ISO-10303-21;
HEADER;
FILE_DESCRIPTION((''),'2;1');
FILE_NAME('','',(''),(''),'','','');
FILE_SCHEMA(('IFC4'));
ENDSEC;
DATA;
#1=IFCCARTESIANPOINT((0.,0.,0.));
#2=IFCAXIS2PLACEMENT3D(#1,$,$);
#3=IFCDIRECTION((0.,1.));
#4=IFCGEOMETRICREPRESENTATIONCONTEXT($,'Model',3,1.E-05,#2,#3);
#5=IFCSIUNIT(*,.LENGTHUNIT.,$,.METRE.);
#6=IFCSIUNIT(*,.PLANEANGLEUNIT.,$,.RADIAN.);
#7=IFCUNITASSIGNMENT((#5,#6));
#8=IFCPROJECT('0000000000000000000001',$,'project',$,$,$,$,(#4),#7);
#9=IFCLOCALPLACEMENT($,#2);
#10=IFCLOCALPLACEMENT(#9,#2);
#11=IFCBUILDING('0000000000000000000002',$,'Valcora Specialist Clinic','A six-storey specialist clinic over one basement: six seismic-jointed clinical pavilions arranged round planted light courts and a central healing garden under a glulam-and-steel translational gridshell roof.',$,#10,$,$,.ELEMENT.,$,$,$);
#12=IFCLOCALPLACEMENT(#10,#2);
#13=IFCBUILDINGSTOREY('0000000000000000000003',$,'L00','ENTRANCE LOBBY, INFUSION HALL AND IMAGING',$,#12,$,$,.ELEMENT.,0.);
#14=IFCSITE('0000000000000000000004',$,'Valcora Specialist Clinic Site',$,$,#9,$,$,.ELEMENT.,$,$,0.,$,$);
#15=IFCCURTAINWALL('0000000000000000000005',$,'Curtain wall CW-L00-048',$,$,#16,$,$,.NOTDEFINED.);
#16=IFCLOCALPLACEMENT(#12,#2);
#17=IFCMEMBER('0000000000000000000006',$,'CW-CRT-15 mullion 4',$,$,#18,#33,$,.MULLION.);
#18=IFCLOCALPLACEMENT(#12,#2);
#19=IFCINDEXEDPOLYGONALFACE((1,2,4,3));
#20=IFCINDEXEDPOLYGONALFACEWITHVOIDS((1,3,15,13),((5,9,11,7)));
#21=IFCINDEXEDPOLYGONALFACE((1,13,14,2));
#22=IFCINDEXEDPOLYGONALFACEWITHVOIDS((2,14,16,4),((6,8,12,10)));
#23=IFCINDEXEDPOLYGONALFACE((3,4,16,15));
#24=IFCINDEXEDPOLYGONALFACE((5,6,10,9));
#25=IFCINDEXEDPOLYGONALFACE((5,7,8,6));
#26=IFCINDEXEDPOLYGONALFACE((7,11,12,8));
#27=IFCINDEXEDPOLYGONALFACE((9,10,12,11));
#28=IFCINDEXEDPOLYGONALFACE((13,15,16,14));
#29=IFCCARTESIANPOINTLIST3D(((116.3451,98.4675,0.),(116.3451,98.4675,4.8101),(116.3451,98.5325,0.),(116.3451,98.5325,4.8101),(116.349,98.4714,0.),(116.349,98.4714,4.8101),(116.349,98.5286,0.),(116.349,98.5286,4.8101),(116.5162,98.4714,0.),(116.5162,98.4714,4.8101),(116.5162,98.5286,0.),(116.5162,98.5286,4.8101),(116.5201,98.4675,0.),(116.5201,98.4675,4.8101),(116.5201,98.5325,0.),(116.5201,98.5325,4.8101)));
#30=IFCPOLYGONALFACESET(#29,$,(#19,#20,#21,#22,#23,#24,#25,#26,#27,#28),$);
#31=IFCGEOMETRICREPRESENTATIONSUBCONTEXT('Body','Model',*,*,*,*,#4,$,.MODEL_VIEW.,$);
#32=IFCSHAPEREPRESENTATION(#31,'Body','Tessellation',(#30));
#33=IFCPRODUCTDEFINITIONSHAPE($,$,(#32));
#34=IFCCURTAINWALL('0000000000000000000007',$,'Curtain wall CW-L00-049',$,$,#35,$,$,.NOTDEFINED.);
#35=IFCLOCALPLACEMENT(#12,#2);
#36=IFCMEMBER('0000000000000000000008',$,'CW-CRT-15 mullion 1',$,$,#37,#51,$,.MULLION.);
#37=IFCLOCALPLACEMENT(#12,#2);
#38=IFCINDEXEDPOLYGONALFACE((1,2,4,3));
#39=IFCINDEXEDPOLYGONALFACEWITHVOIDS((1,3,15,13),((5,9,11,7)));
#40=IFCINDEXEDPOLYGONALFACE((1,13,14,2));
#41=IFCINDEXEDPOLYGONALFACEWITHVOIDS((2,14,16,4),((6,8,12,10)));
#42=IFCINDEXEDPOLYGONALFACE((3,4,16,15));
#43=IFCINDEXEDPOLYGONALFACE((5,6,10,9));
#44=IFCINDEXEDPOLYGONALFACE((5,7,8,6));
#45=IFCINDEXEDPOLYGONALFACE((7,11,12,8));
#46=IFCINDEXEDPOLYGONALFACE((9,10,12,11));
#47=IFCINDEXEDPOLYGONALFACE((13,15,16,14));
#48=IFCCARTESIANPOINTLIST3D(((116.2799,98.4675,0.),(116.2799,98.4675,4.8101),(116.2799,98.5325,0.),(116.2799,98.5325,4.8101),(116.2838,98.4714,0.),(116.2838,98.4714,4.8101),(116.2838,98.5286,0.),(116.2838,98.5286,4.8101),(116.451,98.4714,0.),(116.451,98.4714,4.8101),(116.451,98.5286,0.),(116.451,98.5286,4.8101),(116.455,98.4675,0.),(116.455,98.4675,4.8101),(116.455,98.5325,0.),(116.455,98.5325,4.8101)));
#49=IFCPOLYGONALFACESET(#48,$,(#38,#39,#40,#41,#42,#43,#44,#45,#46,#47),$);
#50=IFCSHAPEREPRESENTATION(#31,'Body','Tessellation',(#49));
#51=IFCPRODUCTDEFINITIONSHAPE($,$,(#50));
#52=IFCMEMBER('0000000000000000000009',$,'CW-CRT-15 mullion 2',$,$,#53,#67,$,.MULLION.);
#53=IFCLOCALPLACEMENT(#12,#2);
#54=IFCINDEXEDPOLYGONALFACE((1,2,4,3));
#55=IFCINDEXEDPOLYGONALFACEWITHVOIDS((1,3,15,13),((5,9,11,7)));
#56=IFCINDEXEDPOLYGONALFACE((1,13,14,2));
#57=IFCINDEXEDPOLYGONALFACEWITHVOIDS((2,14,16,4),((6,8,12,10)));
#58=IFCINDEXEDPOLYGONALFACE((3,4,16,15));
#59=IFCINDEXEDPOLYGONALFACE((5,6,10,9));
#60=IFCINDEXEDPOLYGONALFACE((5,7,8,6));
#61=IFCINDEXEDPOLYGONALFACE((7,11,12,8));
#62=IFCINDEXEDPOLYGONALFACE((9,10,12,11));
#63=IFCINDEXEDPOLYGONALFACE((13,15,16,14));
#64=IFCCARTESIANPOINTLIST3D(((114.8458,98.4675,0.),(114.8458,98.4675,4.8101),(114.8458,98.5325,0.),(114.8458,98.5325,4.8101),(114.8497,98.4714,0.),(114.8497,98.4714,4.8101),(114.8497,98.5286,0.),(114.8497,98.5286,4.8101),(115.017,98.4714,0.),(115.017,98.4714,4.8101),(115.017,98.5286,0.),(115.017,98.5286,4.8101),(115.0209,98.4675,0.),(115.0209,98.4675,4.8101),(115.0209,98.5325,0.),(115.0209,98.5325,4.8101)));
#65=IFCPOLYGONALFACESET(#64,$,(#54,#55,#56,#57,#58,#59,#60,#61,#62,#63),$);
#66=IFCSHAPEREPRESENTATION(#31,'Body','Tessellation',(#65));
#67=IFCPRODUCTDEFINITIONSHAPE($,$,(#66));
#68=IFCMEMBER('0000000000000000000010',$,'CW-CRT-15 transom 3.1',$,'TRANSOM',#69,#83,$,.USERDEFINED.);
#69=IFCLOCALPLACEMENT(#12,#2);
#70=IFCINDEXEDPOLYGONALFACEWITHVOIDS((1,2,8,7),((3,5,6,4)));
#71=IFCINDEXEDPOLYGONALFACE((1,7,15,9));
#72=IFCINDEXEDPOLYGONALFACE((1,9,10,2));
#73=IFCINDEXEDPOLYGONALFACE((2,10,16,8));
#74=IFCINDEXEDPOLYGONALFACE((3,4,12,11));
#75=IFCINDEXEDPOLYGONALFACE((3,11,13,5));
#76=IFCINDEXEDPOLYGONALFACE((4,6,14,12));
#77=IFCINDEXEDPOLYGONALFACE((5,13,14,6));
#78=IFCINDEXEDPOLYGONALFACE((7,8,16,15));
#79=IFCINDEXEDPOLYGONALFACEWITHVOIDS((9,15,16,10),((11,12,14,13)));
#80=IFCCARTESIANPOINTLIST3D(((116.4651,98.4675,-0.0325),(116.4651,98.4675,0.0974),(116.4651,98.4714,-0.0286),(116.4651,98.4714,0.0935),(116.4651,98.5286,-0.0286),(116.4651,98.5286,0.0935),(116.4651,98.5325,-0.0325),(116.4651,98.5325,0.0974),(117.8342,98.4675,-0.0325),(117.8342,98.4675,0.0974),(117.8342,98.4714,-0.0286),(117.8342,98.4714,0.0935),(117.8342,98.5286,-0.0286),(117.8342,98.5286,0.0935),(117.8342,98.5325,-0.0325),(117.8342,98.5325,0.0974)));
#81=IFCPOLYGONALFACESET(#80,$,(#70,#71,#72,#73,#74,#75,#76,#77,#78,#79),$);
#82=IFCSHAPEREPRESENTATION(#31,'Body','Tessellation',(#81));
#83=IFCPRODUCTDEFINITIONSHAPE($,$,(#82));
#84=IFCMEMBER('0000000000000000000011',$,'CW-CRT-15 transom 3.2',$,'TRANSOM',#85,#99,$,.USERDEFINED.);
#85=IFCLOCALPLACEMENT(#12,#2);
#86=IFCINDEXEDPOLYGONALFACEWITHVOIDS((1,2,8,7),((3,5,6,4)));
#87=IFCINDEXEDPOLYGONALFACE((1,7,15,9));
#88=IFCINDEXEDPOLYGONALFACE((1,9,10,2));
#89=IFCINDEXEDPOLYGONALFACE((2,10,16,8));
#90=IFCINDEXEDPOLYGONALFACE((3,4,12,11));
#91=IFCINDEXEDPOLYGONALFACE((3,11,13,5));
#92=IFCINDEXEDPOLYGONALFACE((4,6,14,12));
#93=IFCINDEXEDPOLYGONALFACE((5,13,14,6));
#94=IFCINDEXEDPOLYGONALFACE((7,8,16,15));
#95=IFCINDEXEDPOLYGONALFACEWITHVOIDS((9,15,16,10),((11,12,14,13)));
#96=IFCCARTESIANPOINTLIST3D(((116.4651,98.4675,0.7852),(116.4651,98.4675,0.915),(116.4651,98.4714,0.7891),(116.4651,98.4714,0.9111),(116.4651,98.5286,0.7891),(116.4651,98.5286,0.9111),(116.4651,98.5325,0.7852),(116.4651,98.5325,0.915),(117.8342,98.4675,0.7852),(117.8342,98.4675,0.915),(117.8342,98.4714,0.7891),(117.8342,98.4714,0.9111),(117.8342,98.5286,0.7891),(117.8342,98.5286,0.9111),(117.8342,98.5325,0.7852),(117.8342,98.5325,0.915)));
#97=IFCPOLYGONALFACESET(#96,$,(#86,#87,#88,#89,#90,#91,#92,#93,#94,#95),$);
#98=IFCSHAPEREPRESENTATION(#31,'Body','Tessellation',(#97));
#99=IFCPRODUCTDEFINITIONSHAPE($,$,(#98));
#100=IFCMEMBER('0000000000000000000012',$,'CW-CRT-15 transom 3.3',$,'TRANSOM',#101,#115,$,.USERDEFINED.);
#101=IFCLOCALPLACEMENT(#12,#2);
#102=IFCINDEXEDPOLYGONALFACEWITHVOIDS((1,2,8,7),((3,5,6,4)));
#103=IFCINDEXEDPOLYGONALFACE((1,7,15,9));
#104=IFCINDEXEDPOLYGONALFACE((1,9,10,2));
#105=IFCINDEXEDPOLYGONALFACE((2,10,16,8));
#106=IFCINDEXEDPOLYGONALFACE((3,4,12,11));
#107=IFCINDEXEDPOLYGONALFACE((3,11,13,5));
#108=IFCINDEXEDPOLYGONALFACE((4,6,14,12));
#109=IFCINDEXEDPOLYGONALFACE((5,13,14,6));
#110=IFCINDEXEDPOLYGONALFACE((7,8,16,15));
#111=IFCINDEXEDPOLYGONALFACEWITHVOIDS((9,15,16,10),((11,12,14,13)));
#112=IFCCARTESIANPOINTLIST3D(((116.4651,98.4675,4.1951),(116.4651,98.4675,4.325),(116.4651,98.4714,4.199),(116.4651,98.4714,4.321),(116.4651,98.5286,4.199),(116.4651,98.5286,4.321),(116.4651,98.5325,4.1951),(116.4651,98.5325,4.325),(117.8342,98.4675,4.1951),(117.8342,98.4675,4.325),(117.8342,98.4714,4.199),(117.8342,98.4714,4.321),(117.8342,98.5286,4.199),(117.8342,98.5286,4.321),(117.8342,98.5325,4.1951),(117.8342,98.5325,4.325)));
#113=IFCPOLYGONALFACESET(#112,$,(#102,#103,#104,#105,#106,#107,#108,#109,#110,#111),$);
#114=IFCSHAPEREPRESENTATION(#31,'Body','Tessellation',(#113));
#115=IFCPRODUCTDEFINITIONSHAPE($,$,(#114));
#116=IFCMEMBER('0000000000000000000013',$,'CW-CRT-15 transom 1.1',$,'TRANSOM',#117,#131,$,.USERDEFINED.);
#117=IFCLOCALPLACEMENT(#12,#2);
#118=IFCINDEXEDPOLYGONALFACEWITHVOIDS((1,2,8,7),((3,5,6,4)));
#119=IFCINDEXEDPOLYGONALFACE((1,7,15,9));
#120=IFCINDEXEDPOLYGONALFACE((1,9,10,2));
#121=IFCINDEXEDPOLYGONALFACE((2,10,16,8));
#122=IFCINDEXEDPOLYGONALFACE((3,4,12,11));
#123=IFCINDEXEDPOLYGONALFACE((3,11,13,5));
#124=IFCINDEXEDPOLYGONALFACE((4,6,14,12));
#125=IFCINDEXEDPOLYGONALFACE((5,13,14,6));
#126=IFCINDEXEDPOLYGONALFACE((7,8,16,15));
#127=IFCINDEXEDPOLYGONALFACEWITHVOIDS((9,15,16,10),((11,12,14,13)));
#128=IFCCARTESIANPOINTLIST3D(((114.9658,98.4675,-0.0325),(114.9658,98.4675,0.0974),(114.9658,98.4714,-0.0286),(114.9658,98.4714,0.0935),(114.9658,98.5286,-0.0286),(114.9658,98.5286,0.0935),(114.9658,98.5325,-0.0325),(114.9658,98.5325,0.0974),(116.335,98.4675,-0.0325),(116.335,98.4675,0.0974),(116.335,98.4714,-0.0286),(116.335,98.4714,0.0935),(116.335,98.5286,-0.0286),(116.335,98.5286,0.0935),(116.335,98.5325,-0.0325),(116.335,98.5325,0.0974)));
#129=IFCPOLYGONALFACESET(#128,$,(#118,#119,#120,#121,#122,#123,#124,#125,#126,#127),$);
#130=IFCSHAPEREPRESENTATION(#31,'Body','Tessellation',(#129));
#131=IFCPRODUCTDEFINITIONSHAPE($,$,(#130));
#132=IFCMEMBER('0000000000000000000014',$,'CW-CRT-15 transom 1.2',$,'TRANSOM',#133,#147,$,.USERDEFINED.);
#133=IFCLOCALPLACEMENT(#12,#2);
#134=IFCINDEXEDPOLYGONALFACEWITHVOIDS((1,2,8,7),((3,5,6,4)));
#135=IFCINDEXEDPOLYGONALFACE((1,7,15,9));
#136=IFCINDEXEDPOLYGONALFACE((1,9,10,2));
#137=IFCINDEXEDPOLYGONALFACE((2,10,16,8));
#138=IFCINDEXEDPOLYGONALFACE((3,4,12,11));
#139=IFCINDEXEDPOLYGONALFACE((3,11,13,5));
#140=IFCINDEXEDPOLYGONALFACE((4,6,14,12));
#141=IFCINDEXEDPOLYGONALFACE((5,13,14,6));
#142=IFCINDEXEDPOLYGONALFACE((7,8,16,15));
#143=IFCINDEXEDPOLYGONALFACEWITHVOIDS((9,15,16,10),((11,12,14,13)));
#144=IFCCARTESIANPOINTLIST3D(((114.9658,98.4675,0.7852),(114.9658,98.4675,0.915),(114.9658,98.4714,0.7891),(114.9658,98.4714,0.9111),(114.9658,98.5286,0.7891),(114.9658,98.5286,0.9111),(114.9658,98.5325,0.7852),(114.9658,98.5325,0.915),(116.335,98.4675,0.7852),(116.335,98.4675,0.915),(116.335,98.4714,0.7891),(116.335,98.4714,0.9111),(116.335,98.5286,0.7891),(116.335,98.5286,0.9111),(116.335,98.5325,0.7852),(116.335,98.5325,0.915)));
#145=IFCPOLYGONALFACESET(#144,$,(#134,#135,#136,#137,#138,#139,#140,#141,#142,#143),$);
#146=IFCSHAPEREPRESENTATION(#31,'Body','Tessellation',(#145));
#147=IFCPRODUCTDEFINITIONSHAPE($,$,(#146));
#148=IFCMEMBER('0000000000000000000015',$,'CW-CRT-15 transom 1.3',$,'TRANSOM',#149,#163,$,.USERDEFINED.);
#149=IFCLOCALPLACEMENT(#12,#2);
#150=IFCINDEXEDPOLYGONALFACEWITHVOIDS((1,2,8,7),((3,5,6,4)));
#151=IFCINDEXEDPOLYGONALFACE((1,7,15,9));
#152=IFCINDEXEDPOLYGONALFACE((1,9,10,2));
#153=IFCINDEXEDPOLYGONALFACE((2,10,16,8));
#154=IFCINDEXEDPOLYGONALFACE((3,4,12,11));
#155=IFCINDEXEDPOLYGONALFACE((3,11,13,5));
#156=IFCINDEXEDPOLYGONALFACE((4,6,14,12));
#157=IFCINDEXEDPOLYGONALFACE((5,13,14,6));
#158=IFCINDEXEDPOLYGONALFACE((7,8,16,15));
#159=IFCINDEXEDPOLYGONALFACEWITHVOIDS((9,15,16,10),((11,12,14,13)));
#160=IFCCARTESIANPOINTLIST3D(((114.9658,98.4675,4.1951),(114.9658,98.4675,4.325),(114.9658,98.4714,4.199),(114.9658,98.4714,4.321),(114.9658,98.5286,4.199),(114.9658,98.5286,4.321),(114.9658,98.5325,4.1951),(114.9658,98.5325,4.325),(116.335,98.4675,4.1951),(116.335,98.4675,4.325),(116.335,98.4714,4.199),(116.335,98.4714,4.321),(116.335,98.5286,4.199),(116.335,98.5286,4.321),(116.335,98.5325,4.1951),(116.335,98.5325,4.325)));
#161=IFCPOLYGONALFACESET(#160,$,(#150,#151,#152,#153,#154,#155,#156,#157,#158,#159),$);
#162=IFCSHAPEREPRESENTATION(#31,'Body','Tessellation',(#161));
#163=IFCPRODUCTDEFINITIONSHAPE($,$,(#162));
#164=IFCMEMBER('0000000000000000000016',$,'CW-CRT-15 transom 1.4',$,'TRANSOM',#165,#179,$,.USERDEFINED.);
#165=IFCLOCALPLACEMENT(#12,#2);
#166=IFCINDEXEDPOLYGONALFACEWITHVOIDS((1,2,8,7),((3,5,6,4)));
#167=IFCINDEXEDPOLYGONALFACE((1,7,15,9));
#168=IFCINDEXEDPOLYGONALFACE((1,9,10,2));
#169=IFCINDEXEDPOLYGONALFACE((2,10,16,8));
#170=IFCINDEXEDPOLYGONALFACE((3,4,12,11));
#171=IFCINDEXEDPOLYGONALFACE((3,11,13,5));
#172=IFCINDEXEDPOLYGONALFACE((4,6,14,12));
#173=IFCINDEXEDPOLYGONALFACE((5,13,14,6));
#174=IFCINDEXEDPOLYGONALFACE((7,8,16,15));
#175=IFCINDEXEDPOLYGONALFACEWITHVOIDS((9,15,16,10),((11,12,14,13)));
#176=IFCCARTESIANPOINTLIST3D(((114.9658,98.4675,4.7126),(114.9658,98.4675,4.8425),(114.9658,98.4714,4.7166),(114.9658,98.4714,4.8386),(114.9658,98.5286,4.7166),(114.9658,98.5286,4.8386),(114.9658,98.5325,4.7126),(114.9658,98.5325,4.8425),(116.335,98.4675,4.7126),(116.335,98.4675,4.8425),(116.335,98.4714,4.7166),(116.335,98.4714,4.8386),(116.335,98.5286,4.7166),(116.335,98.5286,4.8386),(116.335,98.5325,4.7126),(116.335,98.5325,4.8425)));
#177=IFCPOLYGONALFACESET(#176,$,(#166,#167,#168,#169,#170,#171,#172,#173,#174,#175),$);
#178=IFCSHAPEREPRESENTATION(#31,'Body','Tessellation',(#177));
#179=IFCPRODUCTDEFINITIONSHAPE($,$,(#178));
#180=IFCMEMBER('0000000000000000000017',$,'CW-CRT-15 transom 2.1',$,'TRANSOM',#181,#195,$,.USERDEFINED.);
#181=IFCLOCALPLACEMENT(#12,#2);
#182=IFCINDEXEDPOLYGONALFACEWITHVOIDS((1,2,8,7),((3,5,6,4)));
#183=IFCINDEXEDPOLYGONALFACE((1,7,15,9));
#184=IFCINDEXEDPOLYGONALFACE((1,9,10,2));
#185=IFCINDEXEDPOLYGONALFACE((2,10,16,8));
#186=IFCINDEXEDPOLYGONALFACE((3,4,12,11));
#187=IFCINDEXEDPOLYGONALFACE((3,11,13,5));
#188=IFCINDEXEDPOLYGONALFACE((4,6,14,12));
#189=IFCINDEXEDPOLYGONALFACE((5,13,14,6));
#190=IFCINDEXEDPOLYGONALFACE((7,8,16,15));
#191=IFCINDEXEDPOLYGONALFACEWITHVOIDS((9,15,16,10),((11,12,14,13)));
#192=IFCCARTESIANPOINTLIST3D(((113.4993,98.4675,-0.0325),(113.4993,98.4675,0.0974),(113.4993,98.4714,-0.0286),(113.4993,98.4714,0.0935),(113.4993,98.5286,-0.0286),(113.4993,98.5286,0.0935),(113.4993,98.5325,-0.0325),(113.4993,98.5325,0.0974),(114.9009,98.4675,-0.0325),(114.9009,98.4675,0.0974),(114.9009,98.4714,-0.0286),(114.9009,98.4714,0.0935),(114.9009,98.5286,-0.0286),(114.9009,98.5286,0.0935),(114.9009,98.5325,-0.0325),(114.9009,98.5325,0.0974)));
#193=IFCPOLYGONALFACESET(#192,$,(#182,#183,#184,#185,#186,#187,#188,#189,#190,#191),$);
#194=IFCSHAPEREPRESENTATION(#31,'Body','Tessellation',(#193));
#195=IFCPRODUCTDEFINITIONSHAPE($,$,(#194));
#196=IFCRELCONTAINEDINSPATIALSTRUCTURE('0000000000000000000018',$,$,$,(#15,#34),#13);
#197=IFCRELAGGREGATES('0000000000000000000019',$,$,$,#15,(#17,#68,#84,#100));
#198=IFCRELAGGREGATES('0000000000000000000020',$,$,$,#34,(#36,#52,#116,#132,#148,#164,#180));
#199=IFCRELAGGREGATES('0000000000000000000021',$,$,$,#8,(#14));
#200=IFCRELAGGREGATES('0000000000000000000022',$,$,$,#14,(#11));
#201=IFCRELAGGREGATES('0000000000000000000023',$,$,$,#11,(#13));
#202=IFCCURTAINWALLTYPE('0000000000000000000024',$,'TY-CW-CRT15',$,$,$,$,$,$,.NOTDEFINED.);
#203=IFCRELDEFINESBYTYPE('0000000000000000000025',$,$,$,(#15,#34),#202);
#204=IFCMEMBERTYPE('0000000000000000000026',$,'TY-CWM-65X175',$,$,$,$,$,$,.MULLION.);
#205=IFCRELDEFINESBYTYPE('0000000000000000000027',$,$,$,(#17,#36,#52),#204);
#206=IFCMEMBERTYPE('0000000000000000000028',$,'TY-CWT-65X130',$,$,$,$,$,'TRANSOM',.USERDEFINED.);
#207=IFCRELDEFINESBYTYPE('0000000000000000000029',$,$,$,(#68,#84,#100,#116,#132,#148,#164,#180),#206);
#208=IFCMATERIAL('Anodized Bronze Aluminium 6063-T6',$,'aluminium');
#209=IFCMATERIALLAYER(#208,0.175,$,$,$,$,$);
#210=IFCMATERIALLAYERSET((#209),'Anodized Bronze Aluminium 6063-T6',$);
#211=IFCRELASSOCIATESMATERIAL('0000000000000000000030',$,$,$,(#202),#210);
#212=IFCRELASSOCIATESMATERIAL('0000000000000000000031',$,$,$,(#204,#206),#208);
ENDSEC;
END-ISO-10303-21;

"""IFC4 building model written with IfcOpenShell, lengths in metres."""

from ifc_helpers import new_model, si_unit, direction, frame, origin, origin_2d, place, context, subcontext, project, spatial, hollow_rectangle, extrude, material, layer, layer_set, material_profile, profile_set, type_object, element, aggregate, save


model = new_model("IFC4")

# Units and contexts
model_context = context("Model", 3, precision=1e-05, world=origin(), true_north=direction((0.0, 1.0)))
body_context = subcontext(model_context, "Body", "Model", "MODEL_VIEW")
ifc_project = project(units=[si_unit("LENGTHUNIT", "METRE"), si_unit("PLANEANGLEUNIT", "RADIAN")], contexts=[model_context])

# Site, building, storey
site_placement = place(None, origin())
site = spatial("IfcSite", under=ifc_project, at=site_placement, Name="Valcora Specialist Clinic Site", CompositionType="ELEMENT", RefElevation=0.0)
building_placement = place(site_placement, origin())
building = spatial("IfcBuilding", under=site, at=building_placement, Name="Valcora Specialist Clinic", Description="A six-storey specialist clinic over one basement: six seismic-jointed clinical pavilions arranged round planted light courts and a central healing garden under a glulam-and-steel translational gridshell roof.", CompositionType="ELEMENT")
storey_placement = place(building_placement, origin())
storey = spatial("IfcBuildingStorey", under=building, at=storey_placement, Name="L00", Description="ENTRANCE LOBBY, INFUSION HALL AND IMAGING", CompositionType="ELEMENT", Elevation=0.0)

# Curtain wall, member
ifc_material_1 = material(Name="Anodized Bronze Aluminium 6063-T6", Category="aluminium")
ifc_layer_1 = layer(ifc_material_1, 0.175)
ifc_layer_set_1 = layer_set([ifc_layer_1], Name="Anodized Bronze Aluminium 6063-T6")
curtain_wall_type = type_object("IfcCurtainWallType", Name="TY-CW-CRT15", PredefinedType="NOTDEFINED", material=ifc_layer_set_1)
curtain_wall_1_placement = place(storey_placement, origin())
curtain_wall_1 = element("IfcCurtainWall", 1, at=curtain_wall_1_placement, inside=storey, type_object=curtain_wall_type, Name="Curtain wall CW-L00-048", PredefinedType="NOTDEFINED")
ifc_material_profile_1 = material_profile(ifc_material_1, hollow_rectangle(XDim=0.0649, YDim=0.175, WallThickness=0.0039, at=origin_2d()), Name="AL-MUL-65X175")
ifc_profile_set_1 = profile_set([ifc_material_profile_1], Name="Anodized Bronze Aluminium 6063-T6")
member_type_1 = type_object("IfcMemberType", Name="TY-CWM-65X175", PredefinedType="MULLION", material=ifc_profile_set_1)
member_1_placement = place(storey_placement, frame((116.4326, 98.5, 0.0), z_axis=(0.0, 0.0, 1.0), x_axis=(0.0, -1.0, 0.0)))
member_1 = element("IfcMember", 2, at=member_1_placement, type_object=member_type_1, Name="CW-CRT-15 mullion 4", PredefinedType="MULLION", context=body_context, shape_type="SweptSolid", body=[
    extrude(hollow_rectangle(XDim=0.0649, YDim=0.175, WallThickness=0.0039, at=origin_2d()), origin(), (0.0, 0.0, 1.0), 4.8101),
])

# Curtain wall, members
curtain_wall_2_placement = place(storey_placement, origin())
curtain_wall_2 = element("IfcCurtainWall", 3, at=curtain_wall_2_placement, inside=storey, type_object=curtain_wall_type, Name="Curtain wall CW-L00-049", PredefinedType="NOTDEFINED")
member_2_placement = place(storey_placement, frame((116.3674, 98.5, 0.0), z_axis=(0.0, 0.0, 1.0), x_axis=(0.0, -1.0, 0.0)))
member_2 = element("IfcMember", 4, at=member_2_placement, type_object=member_type_1, Name="CW-CRT-15 mullion 1", PredefinedType="MULLION", context=body_context, shape_type="SweptSolid", body=[
    extrude(hollow_rectangle(XDim=0.0649, YDim=0.175, WallThickness=0.0039, at=origin_2d()), origin(), (0.0, 0.0, 1.0), 4.8101),
])
member_3_placement = place(storey_placement, frame((114.9333, 98.5, 0.0), z_axis=(0.0, 0.0, 1.0), x_axis=(0.0, -1.0, 0.0)))
member_3 = element("IfcMember", 5, at=member_3_placement, type_object=member_type_1, Name="CW-CRT-15 mullion 2", PredefinedType="MULLION", context=body_context, shape_type="SweptSolid", body=[
    extrude(hollow_rectangle(XDim=0.0649, YDim=0.175, WallThickness=0.0039, at=origin_2d()), origin(), (0.0, 0.0, 1.0), 4.8101),
])

# Members
ifc_material_profile_2 = material_profile(ifc_material_1, hollow_rectangle(XDim=0.0649, YDim=0.1299, WallThickness=0.0039, at=origin_2d()), Name="AL-TRN-65X130")
ifc_profile_set_2 = profile_set([ifc_material_profile_2], Name="Anodized Bronze Aluminium 6063-T6")
member_type_2 = type_object("IfcMemberType", Name="TY-CWT-65X130", ElementType="TRANSOM", PredefinedType="USERDEFINED", material=ifc_profile_set_2)
member_4_placement = place(storey_placement, frame((117.8342, 98.5, 0.0325), z_axis=(-1.0, 0.0, 0.0), x_axis=(0.0, -1.0, 0.0)))
member_4 = element("IfcMember", 6, at=member_4_placement, type_object=member_type_2, Name="CW-CRT-15 transom 3.1", ObjectType="TRANSOM", PredefinedType="USERDEFINED", context=body_context, shape_type="SweptSolid", body=[
    extrude(hollow_rectangle(XDim=0.0649, YDim=0.1299, WallThickness=0.0039, at=origin_2d()), origin(), (0.0, 0.0, 1.0), 1.3691),
])
member_5_placement = place(storey_placement, frame((117.8342, 98.5, 0.8501), z_axis=(-1.0, 0.0, 0.0), x_axis=(0.0, -1.0, 0.0)))
member_5 = element("IfcMember", 7, at=member_5_placement, type_object=member_type_2, Name="CW-CRT-15 transom 3.2", ObjectType="TRANSOM", PredefinedType="USERDEFINED", context=body_context, shape_type="SweptSolid", body=[
    extrude(hollow_rectangle(XDim=0.0649, YDim=0.1299, WallThickness=0.0039, at=origin_2d()), origin(), (0.0, 0.0, 1.0), 1.3691),
])
member_6_placement = place(storey_placement, frame((117.8342, 98.5, 4.26), z_axis=(-1.0, 0.0, 0.0), x_axis=(0.0, -1.0, 0.0)))
member_6 = element("IfcMember", 8, at=member_6_placement, type_object=member_type_2, Name="CW-CRT-15 transom 3.3", ObjectType="TRANSOM", PredefinedType="USERDEFINED", context=body_context, shape_type="SweptSolid", body=[
    extrude(hollow_rectangle(XDim=0.0649, YDim=0.1299, WallThickness=0.0039, at=origin_2d()), origin(), (0.0, 0.0, 1.0), 1.3691),
])
member_7_placement = place(storey_placement, frame((116.335, 98.5, 0.0325), z_axis=(-1.0, 0.0, 0.0), x_axis=(0.0, -1.0, 0.0)))
member_7 = element("IfcMember", 9, at=member_7_placement, type_object=member_type_2, Name="CW-CRT-15 transom 1.1", ObjectType="TRANSOM", PredefinedType="USERDEFINED", context=body_context, shape_type="SweptSolid", body=[
    extrude(hollow_rectangle(XDim=0.0649, YDim=0.1299, WallThickness=0.0039, at=origin_2d()), origin(), (0.0, 0.0, 1.0), 1.3691),
])
member_8_placement = place(storey_placement, frame((116.335, 98.5, 0.8501), z_axis=(-1.0, 0.0, 0.0), x_axis=(0.0, -1.0, 0.0)))
member_8 = element("IfcMember", 10, at=member_8_placement, type_object=member_type_2, Name="CW-CRT-15 transom 1.2", ObjectType="TRANSOM", PredefinedType="USERDEFINED", context=body_context, shape_type="SweptSolid", body=[
    extrude(hollow_rectangle(XDim=0.0649, YDim=0.1299, WallThickness=0.0039, at=origin_2d()), origin(), (0.0, 0.0, 1.0), 1.3691),
])
member_9_placement = place(storey_placement, frame((116.335, 98.5, 4.26), z_axis=(-1.0, 0.0, 0.0), x_axis=(0.0, -1.0, 0.0)))
member_9 = element("IfcMember", 11, at=member_9_placement, type_object=member_type_2, Name="CW-CRT-15 transom 1.3", ObjectType="TRANSOM", PredefinedType="USERDEFINED", context=body_context, shape_type="SweptSolid", body=[
    extrude(hollow_rectangle(XDim=0.0649, YDim=0.1299, WallThickness=0.0039, at=origin_2d()), origin(), (0.0, 0.0, 1.0), 1.3691),
])
member_10_placement = place(storey_placement, frame((116.335, 98.5, 4.7776), z_axis=(-1.0, 0.0, 0.0), x_axis=(0.0, -1.0, 0.0)))
member_10 = element("IfcMember", 12, at=member_10_placement, type_object=member_type_2, Name="CW-CRT-15 transom 1.4", ObjectType="TRANSOM", PredefinedType="USERDEFINED", context=body_context, shape_type="SweptSolid", body=[
    extrude(hollow_rectangle(XDim=0.0649, YDim=0.1299, WallThickness=0.0039, at=origin_2d()), origin(), (0.0, 0.0, 1.0), 1.3691),
])
member_11_placement = place(storey_placement, frame((114.9009, 98.5, 0.0325), z_axis=(-1.0, 0.0, 0.0), x_axis=(0.0, -1.0, 0.0)))
member_11 = element("IfcMember", 13, at=member_11_placement, type_object=member_type_2, Name="CW-CRT-15 transom 2.1", ObjectType="TRANSOM", PredefinedType="USERDEFINED", context=body_context, shape_type="SweptSolid", body=[
    extrude(hollow_rectangle(XDim=0.0649, YDim=0.1299, WallThickness=0.0039, at=origin_2d()), origin(), (0.0, 0.0, 1.0), 1.4016),
])

aggregate(curtain_wall_1, [member_1, member_4, member_5, member_6])
aggregate(curtain_wall_2, [member_2, member_3, member_7, member_8, member_9, member_10, member_11])

save(model, "model.ifc")
